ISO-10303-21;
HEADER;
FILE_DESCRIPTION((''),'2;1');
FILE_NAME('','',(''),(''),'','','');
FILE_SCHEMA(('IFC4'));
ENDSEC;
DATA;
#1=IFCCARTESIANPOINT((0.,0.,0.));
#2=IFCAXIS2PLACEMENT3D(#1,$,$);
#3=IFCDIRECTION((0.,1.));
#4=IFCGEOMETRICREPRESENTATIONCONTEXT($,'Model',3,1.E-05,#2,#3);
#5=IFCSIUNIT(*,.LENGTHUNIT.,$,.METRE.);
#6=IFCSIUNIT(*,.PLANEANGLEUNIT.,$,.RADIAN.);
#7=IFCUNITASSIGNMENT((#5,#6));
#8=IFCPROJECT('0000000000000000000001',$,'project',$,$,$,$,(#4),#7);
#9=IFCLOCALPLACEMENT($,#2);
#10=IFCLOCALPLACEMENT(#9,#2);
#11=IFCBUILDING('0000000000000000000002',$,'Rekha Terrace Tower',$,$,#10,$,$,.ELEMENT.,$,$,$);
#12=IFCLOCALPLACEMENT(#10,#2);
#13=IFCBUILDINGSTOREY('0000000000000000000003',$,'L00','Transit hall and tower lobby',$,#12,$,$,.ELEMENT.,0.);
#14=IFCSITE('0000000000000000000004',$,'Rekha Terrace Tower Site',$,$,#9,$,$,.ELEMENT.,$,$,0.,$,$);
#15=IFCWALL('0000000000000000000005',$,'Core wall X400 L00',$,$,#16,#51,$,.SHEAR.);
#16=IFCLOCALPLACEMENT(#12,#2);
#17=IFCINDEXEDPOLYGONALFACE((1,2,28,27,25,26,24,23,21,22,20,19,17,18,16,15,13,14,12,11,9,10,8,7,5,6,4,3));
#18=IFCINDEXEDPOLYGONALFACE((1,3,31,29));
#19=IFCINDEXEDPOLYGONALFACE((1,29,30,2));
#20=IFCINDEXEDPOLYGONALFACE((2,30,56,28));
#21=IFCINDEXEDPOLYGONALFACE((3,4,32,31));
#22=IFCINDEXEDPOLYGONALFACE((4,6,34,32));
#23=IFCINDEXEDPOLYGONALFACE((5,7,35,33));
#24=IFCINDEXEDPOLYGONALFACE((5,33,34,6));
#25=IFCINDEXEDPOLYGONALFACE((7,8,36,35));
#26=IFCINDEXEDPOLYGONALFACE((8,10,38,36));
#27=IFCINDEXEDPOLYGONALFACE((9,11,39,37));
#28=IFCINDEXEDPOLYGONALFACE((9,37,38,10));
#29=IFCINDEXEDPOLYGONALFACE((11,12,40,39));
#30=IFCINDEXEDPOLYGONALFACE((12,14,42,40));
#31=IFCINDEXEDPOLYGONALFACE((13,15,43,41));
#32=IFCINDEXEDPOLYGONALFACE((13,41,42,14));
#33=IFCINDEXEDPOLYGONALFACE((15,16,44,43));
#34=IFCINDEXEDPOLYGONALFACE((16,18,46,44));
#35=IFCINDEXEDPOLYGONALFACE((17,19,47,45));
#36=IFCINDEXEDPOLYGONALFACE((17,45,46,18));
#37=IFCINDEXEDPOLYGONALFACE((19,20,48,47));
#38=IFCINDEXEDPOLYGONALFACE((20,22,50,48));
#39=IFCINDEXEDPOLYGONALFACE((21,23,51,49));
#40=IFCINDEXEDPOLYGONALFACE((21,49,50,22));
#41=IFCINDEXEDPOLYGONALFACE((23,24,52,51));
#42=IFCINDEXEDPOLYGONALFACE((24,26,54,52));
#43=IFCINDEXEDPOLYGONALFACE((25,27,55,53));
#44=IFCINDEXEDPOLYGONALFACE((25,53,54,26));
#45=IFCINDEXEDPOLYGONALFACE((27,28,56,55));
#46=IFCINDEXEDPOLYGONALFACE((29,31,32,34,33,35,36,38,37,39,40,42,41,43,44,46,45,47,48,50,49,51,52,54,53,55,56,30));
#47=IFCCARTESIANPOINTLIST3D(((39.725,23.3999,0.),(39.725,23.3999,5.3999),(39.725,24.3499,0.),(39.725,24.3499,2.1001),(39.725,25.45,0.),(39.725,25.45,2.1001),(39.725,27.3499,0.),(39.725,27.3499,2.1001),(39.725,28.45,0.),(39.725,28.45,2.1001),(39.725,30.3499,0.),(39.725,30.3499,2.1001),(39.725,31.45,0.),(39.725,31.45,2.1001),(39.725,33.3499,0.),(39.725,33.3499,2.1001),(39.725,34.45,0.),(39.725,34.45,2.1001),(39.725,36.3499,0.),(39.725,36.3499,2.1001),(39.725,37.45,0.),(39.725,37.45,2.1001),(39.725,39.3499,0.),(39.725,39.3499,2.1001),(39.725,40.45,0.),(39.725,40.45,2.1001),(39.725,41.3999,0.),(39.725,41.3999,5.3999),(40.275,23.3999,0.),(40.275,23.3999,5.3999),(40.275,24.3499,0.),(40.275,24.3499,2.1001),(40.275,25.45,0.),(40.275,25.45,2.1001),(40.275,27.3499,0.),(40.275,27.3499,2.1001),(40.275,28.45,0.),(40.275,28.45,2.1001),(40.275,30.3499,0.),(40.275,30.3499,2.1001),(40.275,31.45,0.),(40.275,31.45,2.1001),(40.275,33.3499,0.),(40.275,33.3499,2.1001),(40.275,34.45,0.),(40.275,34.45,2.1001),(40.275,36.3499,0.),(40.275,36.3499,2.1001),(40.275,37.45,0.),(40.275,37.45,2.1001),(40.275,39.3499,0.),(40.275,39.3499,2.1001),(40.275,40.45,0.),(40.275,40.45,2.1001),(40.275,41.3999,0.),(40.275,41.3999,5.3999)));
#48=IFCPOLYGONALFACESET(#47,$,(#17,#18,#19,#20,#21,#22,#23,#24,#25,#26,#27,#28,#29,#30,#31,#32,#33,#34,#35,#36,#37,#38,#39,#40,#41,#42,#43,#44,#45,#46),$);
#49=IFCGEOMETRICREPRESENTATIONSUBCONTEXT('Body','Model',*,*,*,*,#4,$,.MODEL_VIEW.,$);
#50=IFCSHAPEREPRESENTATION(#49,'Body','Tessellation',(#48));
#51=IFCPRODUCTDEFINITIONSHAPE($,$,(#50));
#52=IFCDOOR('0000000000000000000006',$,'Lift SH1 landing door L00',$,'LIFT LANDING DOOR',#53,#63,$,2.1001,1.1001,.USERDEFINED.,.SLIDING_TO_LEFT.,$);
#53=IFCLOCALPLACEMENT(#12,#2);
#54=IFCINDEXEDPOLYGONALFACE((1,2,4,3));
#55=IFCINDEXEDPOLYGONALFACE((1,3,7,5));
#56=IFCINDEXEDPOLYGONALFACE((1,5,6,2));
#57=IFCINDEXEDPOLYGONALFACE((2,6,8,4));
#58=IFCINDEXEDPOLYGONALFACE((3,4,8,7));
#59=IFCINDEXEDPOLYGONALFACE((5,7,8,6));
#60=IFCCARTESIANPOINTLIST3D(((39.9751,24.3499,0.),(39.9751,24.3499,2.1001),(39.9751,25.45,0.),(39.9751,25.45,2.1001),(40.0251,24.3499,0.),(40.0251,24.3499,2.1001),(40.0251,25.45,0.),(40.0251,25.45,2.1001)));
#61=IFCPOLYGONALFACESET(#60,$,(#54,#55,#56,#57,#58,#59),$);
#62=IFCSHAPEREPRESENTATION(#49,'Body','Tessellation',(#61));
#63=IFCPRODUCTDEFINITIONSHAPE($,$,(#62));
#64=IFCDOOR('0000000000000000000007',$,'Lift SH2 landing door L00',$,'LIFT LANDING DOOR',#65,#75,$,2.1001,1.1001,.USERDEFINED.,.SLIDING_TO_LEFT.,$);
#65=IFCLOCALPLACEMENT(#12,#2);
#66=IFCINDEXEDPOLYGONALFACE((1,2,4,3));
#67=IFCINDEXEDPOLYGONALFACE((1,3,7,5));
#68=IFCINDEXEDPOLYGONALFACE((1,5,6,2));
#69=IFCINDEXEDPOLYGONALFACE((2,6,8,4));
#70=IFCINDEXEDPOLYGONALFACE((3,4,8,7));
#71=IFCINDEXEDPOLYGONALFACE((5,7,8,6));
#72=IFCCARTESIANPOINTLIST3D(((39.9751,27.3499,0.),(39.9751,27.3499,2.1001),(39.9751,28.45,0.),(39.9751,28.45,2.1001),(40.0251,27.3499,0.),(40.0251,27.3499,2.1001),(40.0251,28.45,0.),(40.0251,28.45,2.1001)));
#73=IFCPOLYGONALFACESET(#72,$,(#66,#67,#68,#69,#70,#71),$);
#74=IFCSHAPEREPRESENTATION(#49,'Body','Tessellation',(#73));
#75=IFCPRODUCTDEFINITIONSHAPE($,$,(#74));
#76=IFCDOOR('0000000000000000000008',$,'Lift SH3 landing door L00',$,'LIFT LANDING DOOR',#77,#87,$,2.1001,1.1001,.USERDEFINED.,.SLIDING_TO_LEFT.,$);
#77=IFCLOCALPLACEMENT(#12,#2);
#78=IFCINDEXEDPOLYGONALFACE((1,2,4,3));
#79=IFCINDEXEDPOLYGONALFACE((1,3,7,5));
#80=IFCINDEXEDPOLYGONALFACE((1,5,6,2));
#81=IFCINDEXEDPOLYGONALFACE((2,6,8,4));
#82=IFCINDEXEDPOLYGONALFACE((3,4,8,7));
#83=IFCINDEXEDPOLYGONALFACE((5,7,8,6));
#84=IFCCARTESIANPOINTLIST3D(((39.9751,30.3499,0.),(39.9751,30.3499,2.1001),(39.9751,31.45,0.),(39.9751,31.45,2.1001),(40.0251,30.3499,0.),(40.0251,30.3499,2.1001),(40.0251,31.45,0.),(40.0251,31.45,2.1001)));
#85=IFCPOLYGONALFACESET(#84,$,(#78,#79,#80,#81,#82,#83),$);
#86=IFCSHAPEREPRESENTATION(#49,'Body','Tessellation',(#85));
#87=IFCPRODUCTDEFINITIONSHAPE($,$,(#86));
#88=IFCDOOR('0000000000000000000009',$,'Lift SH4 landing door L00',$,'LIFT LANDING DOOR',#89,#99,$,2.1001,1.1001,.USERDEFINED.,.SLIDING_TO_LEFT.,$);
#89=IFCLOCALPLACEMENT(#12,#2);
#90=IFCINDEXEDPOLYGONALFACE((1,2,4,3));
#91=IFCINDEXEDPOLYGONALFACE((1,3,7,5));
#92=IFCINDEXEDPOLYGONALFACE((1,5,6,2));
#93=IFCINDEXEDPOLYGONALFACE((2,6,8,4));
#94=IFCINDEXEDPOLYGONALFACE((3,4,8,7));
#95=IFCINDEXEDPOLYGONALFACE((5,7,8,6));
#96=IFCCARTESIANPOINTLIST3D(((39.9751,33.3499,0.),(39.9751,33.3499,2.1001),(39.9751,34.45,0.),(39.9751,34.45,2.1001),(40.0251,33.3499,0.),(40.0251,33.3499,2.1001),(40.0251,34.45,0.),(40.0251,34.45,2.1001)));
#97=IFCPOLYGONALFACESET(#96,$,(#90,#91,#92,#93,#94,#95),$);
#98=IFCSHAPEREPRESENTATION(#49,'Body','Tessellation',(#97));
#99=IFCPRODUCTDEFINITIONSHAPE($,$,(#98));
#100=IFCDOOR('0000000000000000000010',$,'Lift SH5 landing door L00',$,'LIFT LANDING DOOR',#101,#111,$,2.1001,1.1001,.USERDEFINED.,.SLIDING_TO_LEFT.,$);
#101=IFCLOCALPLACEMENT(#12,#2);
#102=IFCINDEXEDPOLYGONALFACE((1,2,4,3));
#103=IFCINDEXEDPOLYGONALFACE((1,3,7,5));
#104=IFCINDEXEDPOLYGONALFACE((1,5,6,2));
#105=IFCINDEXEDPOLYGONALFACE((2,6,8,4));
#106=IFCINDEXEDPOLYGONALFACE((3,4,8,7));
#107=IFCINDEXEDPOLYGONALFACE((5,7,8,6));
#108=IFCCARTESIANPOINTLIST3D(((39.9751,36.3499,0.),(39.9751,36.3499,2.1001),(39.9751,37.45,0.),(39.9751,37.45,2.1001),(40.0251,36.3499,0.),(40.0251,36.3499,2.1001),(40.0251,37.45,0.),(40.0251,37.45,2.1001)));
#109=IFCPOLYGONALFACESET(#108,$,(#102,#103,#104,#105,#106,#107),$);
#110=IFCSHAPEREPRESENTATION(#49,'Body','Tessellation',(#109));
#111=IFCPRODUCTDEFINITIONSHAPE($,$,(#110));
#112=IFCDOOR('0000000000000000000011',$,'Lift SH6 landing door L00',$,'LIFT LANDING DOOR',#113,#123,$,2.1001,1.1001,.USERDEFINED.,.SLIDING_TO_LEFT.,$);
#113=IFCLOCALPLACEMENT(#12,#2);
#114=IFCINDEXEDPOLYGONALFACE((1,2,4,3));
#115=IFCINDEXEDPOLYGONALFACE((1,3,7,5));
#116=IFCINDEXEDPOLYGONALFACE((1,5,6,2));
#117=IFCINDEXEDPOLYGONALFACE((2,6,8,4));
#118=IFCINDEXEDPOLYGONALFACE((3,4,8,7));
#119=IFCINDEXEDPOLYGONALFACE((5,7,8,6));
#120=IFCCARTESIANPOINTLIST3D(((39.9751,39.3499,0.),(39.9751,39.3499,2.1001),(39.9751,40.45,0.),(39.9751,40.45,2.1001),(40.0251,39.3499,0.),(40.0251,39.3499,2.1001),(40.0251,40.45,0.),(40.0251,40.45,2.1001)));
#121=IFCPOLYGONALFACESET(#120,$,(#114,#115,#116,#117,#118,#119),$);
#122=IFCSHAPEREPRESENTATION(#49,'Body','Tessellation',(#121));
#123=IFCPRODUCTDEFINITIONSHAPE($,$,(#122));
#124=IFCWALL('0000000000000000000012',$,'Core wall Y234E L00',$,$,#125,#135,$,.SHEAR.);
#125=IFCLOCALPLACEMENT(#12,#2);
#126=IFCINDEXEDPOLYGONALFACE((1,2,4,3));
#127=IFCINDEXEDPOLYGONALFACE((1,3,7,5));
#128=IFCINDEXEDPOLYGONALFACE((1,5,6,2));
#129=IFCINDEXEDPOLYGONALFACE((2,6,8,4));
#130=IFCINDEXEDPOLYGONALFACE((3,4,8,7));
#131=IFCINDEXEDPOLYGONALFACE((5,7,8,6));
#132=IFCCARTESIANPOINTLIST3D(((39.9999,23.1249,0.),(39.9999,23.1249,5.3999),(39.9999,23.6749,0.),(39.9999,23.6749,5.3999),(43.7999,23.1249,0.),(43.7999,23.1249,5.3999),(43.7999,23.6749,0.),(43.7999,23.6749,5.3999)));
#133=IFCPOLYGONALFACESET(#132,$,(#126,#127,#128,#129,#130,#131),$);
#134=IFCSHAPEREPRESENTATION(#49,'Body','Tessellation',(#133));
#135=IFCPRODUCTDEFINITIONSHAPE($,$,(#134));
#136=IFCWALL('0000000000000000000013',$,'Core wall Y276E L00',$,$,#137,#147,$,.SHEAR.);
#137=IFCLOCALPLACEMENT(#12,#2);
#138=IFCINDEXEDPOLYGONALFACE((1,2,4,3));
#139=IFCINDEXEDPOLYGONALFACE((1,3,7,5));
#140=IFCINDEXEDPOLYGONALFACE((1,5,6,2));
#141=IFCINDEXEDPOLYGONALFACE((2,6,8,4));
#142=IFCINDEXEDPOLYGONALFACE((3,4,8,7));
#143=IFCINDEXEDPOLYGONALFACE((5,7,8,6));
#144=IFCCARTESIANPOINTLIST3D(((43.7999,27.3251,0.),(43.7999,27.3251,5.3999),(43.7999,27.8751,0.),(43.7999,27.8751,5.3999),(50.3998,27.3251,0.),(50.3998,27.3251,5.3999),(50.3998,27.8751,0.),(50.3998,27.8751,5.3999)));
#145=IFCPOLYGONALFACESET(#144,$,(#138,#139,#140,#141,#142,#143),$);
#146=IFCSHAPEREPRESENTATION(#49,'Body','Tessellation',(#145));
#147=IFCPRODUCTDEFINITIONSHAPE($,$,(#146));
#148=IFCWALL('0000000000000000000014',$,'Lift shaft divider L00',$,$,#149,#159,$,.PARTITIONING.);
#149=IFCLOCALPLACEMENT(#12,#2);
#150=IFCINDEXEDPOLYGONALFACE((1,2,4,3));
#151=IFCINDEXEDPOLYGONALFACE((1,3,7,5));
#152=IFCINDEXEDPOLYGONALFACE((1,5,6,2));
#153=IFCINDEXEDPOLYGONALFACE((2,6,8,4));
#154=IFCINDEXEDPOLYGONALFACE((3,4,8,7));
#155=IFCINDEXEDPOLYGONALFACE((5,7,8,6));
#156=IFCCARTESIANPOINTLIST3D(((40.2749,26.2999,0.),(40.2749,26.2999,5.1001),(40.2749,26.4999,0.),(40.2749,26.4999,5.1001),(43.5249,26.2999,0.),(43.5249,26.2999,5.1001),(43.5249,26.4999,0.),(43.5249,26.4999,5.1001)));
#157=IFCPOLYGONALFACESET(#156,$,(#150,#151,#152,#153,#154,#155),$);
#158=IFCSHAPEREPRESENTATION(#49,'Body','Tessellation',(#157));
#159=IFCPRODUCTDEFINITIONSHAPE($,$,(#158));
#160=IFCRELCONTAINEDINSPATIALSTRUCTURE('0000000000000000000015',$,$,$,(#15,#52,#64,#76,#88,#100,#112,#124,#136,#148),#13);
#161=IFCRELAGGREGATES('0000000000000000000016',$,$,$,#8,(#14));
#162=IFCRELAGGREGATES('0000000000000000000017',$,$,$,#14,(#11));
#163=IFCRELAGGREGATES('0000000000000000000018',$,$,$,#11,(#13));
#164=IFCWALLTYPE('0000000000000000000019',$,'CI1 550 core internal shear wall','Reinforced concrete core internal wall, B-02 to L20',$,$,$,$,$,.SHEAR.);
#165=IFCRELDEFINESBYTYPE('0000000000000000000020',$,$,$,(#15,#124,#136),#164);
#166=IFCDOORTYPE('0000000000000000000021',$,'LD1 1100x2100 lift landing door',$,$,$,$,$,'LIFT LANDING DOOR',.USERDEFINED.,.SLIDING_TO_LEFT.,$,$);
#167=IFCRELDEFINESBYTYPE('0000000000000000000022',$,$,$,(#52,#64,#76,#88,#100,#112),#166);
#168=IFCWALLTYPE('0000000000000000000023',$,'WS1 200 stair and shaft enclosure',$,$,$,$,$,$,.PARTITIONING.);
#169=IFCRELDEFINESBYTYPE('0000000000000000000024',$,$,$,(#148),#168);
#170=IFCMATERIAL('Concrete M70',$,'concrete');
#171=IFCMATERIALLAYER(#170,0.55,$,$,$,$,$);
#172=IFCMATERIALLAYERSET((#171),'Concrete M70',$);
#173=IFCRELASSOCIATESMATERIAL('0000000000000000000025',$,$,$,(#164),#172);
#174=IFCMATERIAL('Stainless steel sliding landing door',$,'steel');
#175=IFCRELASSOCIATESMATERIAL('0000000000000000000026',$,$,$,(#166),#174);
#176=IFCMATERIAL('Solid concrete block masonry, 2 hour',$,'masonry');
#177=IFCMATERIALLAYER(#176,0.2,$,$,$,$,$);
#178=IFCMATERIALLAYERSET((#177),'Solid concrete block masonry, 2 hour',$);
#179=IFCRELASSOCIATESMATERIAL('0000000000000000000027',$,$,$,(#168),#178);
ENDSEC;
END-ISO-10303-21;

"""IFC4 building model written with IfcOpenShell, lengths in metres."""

from ifc_helpers import new_model, si_unit, direction, frame, frame_2d, origin, place, context, subcontext, project, spatial, rectangle, extrude, material, layer, layer_set, type_object, element, fill, save


model = new_model("IFC4")

# Units and contexts
model_context = context("Model", 3, precision=1e-05, world=origin(), true_north=direction((0.0, 1.0)))
body_context = subcontext(model_context, "Body", "Model", "MODEL_VIEW")
ifc_project = project(units=[si_unit("LENGTHUNIT", "METRE"), si_unit("PLANEANGLEUNIT", "RADIAN")], contexts=[model_context])

# Site, building, storey
site_placement = place(None, origin())
site = spatial("IfcSite", under=ifc_project, at=site_placement, Name="Rekha Terrace Tower Site", CompositionType="ELEMENT", RefElevation=0.0)
building_placement = place(site_placement, origin())
building = spatial("IfcBuilding", under=site, at=building_placement, Name="Rekha Terrace Tower", CompositionType="ELEMENT")
storey_placement = place(building_placement, origin())
storey = spatial("IfcBuildingStorey", under=building, at=storey_placement, Name="L00", Description="Transit hall and tower lobby", CompositionType="ELEMENT", Elevation=0.0)

# Wall, openings, doors
ifc_material_1 = material(Name="Concrete M70", Category="concrete")
ifc_layer_1 = layer(ifc_material_1, 0.55)
ifc_layer_set_1 = layer_set([ifc_layer_1], Name="Concrete M70")
wall_type_1 = type_object("IfcWallType", Name="CI1 550 core internal shear wall", Description="Reinforced concrete core internal wall, B-02 to L20", PredefinedType="SHEAR", material=ifc_layer_set_1)
ifc_material_2 = material(Name="Stainless steel sliding landing door", Category="steel")
door_type = type_object("IfcDoorType", Name="LD1 1100x2100 lift landing door", ElementType="LIFT LANDING DOOR", OperationType="SLIDING_TO_LEFT", PredefinedType="USERDEFINED", material=ifc_material_2)
wall_1_placement = place(storey_placement, frame((40.0, 23.3999, 0.0), z_axis=(0.0, 0.0, 1.0), x_axis=(0.0, 1.0, 0.0)))
wall_1 = element("IfcWall", 1, at=wall_1_placement, inside=storey, type_object=wall_type_1, Name="Core wall X400 L00", PredefinedType="SHEAR", context=body_context, shape_type="SweptSolid", body=[
    extrude(rectangle(XDim=18.0, YDim=0.55, at=frame_2d((9.0, 0.0))), origin(), (0.0, 0.0, 1.0), 5.3999),
])
opening_1_placement = place(wall_1_placement, frame((0.95, 0.0, 0.0)))
opening_1 = element("IfcOpeningElement", 2, at=opening_1_placement, cuts=wall_1, PredefinedType="OPENING", context=body_context, shape_type="SweptSolid", body=[
    extrude(rectangle(XDim=1.1001, YDim=2.1001, at=frame_2d((0.55, 1.05))), frame((0.0, 0.2849, 0.0), z_axis=(0.0, -1.0, 0.0), x_axis=(1.0, 0.0, 0.0)), (0.0, 0.0, 1.0), 0.5701),
])
opening_2_placement = place(wall_1_placement, frame((3.95, 0.0, 0.0)))
opening_2 = element("IfcOpeningElement", 3, at=opening_2_placement, cuts=wall_1, PredefinedType="OPENING", context=body_context, shape_type="SweptSolid", body=[
    extrude(rectangle(XDim=1.1001, YDim=2.1001, at=frame_2d((0.55, 1.05))), frame((0.0, 0.2849, 0.0), z_axis=(0.0, -1.0, 0.0), x_axis=(1.0, 0.0, 0.0)), (0.0, 0.0, 1.0), 0.5701),
])
opening_3_placement = place(wall_1_placement, frame((6.95, 0.0, 0.0)))
opening_3 = element("IfcOpeningElement", 4, at=opening_3_placement, cuts=wall_1, PredefinedType="OPENING", context=body_context, shape_type="SweptSolid", body=[
    extrude(rectangle(XDim=1.1001, YDim=2.1001, at=frame_2d((0.55, 1.05))), frame((0.0, 0.2849, 0.0), z_axis=(0.0, -1.0, 0.0), x_axis=(1.0, 0.0, 0.0)), (0.0, 0.0, 1.0), 0.5701),
])
opening_4_placement = place(wall_1_placement, frame((9.95, 0.0, 0.0)))
opening_4 = element("IfcOpeningElement", 5, at=opening_4_placement, cuts=wall_1, PredefinedType="OPENING", context=body_context, shape_type="SweptSolid", body=[
    extrude(rectangle(XDim=1.1001, YDim=2.1001, at=frame_2d((0.55, 1.05))), frame((0.0, 0.2849, 0.0), z_axis=(0.0, -1.0, 0.0), x_axis=(1.0, 0.0, 0.0)), (0.0, 0.0, 1.0), 0.5701),
])
opening_5_placement = place(wall_1_placement, frame((12.95, 0.0, 0.0)))
opening_5 = element("IfcOpeningElement", 6, at=opening_5_placement, cuts=wall_1, PredefinedType="OPENING", context=body_context, shape_type="SweptSolid", body=[
    extrude(rectangle(XDim=1.1001, YDim=2.1001, at=frame_2d((0.55, 1.05))), frame((0.0, 0.2849, 0.0), z_axis=(0.0, -1.0, 0.0), x_axis=(1.0, 0.0, 0.0)), (0.0, 0.0, 1.0), 0.5701),
])
opening_6_placement = place(wall_1_placement, frame((15.95, 0.0, 0.0)))
opening_6 = element("IfcOpeningElement", 7, at=opening_6_placement, cuts=wall_1, PredefinedType="OPENING", context=body_context, shape_type="SweptSolid", body=[
    extrude(rectangle(XDim=1.1001, YDim=2.1001, at=frame_2d((0.55, 1.05))), frame((0.0, 0.2849, 0.0), z_axis=(0.0, -1.0, 0.0), x_axis=(1.0, 0.0, 0.0)), (0.0, 0.0, 1.0), 0.5701),
])
door_1_placement = place(opening_1_placement, origin())
door_1 = element("IfcDoor", 8, at=door_1_placement, inside=storey, type_object=door_type, Name="Lift SH1 landing door L00", ObjectType="LIFT LANDING DOOR", OperationType="SLIDING_TO_LEFT", OverallHeight=2.1001, OverallWidth=1.1001, PredefinedType="USERDEFINED", context=body_context, shape_type="SweptSolid", body=[
    extrude(rectangle(XDim=1.1001, YDim=2.1001, at=frame_2d((0.55, 1.05))), frame((0.0, 0.0249, 0.0), z_axis=(0.0, -1.0, 0.0), x_axis=(1.0, 0.0, 0.0)), (0.0, 0.0, 1.0), 0.05),
])
fill(opening_1, door_1)
door_2_placement = place(opening_2_placement, origin())
door_2 = element("IfcDoor", 9, at=door_2_placement, inside=storey, type_object=door_type, Name="Lift SH2 landing door L00", ObjectType="LIFT LANDING DOOR", OperationType="SLIDING_TO_LEFT", OverallHeight=2.1001, OverallWidth=1.1001, PredefinedType="USERDEFINED", context=body_context, shape_type="SweptSolid", body=[
    extrude(rectangle(XDim=1.1001, YDim=2.1001, at=frame_2d((0.55, 1.05))), frame((0.0, 0.0249, 0.0), z_axis=(0.0, -1.0, 0.0), x_axis=(1.0, 0.0, 0.0)), (0.0, 0.0, 1.0), 0.05),
])
fill(opening_2, door_2)
door_3_placement = place(opening_3_placement, origin())
door_3 = element("IfcDoor", 10, at=door_3_placement, inside=storey, type_object=door_type, Name="Lift SH3 landing door L00", ObjectType="LIFT LANDING DOOR", OperationType="SLIDING_TO_LEFT", OverallHeight=2.1001, OverallWidth=1.1001, PredefinedType="USERDEFINED", context=body_context, shape_type="SweptSolid", body=[
    extrude(rectangle(XDim=1.1001, YDim=2.1001, at=frame_2d((0.55, 1.05))), frame((0.0, 0.0249, 0.0), z_axis=(0.0, -1.0, 0.0), x_axis=(1.0, 0.0, 0.0)), (0.0, 0.0, 1.0), 0.05),
])
fill(opening_3, door_3)
door_4_placement = place(opening_4_placement, origin())
door_4 = element("IfcDoor", 11, at=door_4_placement, inside=storey, type_object=door_type, Name="Lift SH4 landing door L00", ObjectType="LIFT LANDING DOOR", OperationType="SLIDING_TO_LEFT", OverallHeight=2.1001, OverallWidth=1.1001, PredefinedType="USERDEFINED", context=body_context, shape_type="SweptSolid", body=[
    extrude(rectangle(XDim=1.1001, YDim=2.1001, at=frame_2d((0.55, 1.05))), frame((0.0, 0.0249, 0.0), z_axis=(0.0, -1.0, 0.0), x_axis=(1.0, 0.0, 0.0)), (0.0, 0.0, 1.0), 0.05),
])
fill(opening_4, door_4)
door_5_placement = place(opening_5_placement, origin())
door_5 = element("IfcDoor", 12, at=door_5_placement, inside=storey, type_object=door_type, Name="Lift SH5 landing door L00", ObjectType="LIFT LANDING DOOR", OperationType="SLIDING_TO_LEFT", OverallHeight=2.1001, OverallWidth=1.1001, PredefinedType="USERDEFINED", context=body_context, shape_type="SweptSolid", body=[
    extrude(rectangle(XDim=1.1001, YDim=2.1001, at=frame_2d((0.55, 1.05))), frame((0.0, 0.0249, 0.0), z_axis=(0.0, -1.0, 0.0), x_axis=(1.0, 0.0, 0.0)), (0.0, 0.0, 1.0), 0.05),
])
fill(opening_5, door_5)
door_6_placement = place(opening_6_placement, origin())
door_6 = element("IfcDoor", 13, at=door_6_placement, inside=storey, type_object=door_type, Name="Lift SH6 landing door L00", ObjectType="LIFT LANDING DOOR", OperationType="SLIDING_TO_LEFT", OverallHeight=2.1001, OverallWidth=1.1001, PredefinedType="USERDEFINED", context=body_context, shape_type="SweptSolid", body=[
    extrude(rectangle(XDim=1.1001, YDim=2.1001, at=frame_2d((0.55, 1.05))), frame((0.0, 0.0249, 0.0), z_axis=(0.0, -1.0, 0.0), x_axis=(1.0, 0.0, 0.0)), (0.0, 0.0, 1.0), 0.05),
])
fill(opening_6, door_6)

# Walls
wall_2_placement = place(storey_placement, frame((40.0, 23.3999, 0.0), z_axis=(0.0, 0.0, 1.0), x_axis=(1.0, 0.0, 0.0)))
element("IfcWall", 14, at=wall_2_placement, inside=storey, type_object=wall_type_1, Name="Core wall Y234E L00", PredefinedType="SHEAR", context=body_context, shape_type="SweptSolid", body=[
    extrude(rectangle(XDim=3.8, YDim=0.55, at=frame_2d((1.8999, 0.0))), origin(), (0.0, 0.0, 1.0), 5.3999),
])
wall_3_placement = place(storey_placement, frame((43.8, 27.6001, 0.0), z_axis=(0.0, 0.0, 1.0), x_axis=(1.0, 0.0, 0.0)))
element("IfcWall", 15, at=wall_3_placement, inside=storey, type_object=wall_type_1, Name="Core wall Y276E L00", PredefinedType="SHEAR", context=body_context, shape_type="SweptSolid", body=[
    extrude(rectangle(XDim=6.5999, YDim=0.55, at=frame_2d((3.2998, 0.0))), origin(), (0.0, 0.0, 1.0), 5.3999),
])
ifc_material_3 = material(Name="Solid concrete block masonry, 2 hour", Category="masonry")
ifc_layer_2 = layer(ifc_material_3, 0.2)
ifc_layer_set_2 = layer_set([ifc_layer_2], Name="Solid concrete block masonry, 2 hour")
wall_type_2 = type_object("IfcWallType", Name="WS1 200 stair and shaft enclosure", PredefinedType="PARTITIONING", material=ifc_layer_set_2)
wall_4_placement = place(storey_placement, frame((40.2749, 26.3999, 0.0), z_axis=(0.0, 0.0, 1.0), x_axis=(1.0, 0.0, 0.0)))
element("IfcWall", 16, at=wall_4_placement, inside=storey, type_object=wall_type_2, Name="Lift shaft divider L00", PredefinedType="PARTITIONING", context=body_context, shape_type="SweptSolid", body=[
    extrude(rectangle(XDim=3.25, YDim=0.2, at=frame_2d((1.625, 0.0))), origin(), (0.0, 0.0, 1.0), 5.1001),
])

save(model, "model.ifc")
